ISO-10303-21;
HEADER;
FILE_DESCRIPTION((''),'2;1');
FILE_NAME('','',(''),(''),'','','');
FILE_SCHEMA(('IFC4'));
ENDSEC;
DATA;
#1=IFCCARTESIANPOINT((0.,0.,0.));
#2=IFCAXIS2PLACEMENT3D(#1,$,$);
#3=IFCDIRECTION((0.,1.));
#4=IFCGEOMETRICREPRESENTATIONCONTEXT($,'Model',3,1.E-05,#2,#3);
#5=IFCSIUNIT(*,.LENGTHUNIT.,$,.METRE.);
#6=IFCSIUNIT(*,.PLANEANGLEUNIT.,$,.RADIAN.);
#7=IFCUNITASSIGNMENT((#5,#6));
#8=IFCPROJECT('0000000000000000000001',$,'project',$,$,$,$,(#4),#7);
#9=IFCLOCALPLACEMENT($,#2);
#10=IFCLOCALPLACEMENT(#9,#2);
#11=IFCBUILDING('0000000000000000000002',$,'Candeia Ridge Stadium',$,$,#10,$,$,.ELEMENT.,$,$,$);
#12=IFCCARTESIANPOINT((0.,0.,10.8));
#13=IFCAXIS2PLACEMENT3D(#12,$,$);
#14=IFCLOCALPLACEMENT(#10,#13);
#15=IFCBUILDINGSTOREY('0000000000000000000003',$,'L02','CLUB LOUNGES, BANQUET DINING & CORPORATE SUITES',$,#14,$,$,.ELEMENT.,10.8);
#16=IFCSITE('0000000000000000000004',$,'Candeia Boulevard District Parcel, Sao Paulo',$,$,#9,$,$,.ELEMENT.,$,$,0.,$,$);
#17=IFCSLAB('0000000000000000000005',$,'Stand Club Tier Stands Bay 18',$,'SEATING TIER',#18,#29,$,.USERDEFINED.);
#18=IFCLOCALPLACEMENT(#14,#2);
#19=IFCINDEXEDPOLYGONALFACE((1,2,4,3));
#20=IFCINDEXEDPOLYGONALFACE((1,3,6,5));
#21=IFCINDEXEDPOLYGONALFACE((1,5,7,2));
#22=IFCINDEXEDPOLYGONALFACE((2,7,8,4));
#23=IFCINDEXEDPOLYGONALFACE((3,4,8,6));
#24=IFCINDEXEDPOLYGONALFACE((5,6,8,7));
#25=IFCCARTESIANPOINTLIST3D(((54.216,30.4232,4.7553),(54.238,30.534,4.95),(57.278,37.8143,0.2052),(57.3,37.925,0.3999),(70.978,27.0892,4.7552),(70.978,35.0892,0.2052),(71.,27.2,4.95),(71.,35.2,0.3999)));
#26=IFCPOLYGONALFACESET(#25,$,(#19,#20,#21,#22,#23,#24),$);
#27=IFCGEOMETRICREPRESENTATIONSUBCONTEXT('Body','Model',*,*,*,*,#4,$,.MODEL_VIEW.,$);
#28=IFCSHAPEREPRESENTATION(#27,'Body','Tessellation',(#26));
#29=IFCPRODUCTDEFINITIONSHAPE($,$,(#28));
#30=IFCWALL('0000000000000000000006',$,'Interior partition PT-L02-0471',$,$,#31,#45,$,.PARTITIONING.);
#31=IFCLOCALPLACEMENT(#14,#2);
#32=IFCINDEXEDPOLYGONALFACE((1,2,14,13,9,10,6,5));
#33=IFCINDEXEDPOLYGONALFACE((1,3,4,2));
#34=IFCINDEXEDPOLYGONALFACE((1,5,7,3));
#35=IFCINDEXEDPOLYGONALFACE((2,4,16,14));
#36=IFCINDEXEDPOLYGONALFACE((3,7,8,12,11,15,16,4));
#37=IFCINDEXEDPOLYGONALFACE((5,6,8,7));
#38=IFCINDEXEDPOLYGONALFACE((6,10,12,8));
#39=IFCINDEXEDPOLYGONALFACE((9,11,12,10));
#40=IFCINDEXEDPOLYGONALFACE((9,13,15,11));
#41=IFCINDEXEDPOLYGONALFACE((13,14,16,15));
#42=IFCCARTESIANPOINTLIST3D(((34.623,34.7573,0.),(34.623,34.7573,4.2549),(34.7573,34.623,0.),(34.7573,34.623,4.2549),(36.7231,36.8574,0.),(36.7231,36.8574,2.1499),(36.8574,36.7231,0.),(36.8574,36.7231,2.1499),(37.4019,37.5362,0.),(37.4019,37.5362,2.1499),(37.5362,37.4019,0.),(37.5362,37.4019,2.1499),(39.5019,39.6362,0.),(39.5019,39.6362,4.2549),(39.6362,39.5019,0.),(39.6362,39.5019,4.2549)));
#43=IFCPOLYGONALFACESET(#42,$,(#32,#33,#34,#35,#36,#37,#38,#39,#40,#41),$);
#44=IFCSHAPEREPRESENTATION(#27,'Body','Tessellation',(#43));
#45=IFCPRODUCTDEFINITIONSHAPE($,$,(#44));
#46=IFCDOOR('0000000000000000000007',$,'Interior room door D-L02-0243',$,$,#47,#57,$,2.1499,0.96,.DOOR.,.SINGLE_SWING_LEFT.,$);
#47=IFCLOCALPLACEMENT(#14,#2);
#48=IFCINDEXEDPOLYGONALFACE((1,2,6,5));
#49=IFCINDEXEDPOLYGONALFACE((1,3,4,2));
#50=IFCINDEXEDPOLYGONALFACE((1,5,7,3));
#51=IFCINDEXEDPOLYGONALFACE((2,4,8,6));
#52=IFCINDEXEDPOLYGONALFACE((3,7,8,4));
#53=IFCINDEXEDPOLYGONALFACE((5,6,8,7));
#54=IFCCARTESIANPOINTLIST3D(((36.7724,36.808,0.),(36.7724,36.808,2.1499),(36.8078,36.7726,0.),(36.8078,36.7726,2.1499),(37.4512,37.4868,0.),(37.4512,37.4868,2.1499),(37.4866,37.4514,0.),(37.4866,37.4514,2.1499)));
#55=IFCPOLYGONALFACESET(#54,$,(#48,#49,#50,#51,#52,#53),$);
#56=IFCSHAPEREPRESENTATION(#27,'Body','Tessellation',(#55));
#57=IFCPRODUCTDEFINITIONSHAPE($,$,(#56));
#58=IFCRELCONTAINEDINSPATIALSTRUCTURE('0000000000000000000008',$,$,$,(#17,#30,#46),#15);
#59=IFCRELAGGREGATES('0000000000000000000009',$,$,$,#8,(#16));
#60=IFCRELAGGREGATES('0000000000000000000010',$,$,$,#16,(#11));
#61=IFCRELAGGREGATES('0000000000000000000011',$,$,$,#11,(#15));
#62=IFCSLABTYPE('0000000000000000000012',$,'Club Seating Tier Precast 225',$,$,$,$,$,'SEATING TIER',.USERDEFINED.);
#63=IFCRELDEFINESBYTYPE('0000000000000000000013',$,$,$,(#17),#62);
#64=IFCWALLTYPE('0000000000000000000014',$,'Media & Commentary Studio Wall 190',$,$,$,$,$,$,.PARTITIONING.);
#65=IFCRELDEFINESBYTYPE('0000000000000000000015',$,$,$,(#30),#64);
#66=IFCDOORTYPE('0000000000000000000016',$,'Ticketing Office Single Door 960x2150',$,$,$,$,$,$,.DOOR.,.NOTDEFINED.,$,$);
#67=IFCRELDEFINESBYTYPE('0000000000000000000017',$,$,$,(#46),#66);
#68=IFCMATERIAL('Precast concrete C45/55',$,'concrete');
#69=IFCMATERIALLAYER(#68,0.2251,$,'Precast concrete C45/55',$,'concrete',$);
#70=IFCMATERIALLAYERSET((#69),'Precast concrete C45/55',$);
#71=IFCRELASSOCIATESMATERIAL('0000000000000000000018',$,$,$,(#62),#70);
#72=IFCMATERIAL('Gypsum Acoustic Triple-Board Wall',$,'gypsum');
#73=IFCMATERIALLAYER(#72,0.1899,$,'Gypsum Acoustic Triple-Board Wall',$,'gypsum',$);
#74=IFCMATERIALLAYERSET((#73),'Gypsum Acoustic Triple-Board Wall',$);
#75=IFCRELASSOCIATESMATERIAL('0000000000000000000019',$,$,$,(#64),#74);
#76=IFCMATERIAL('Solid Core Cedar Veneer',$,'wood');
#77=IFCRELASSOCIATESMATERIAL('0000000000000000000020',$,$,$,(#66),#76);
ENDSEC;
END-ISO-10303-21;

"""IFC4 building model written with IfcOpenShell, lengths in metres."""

from ifc_helpers import new_model, si_unit, direction, frame, frame_2d, origin, place, context, subcontext, project, spatial, polyline, rectangle, outline, extrude, material, layer, layer_set, type_object, element, fill, save


model = new_model("IFC4")

# Units and contexts
model_context = context("Model", 3, precision=1e-05, world=origin(), true_north=direction((0.0, 1.0)))
body_context = subcontext(model_context, "Body", "Model", "MODEL_VIEW")
ifc_project = project(units=[si_unit("LENGTHUNIT", "METRE"), si_unit("PLANEANGLEUNIT", "RADIAN")], contexts=[model_context])

# Site, building, storey
site_placement = place(None, origin())
site = spatial("IfcSite", under=ifc_project, at=site_placement, Name="Candeia Boulevard District Parcel, Sao Paulo", CompositionType="ELEMENT", RefElevation=0.0)
building_placement = place(site_placement, origin())
building = spatial("IfcBuilding", under=site, at=building_placement, Name="Candeia Ridge Stadium", CompositionType="ELEMENT")
storey_placement = place(building_placement, frame((0.0, 0.0, 10.8)))
storey = spatial("IfcBuildingStorey", under=building, at=storey_placement, Name="L02", Description="CLUB LOUNGES, BANQUET DINING & CORPORATE SUITES", CompositionType="ELEMENT", Elevation=10.8)

# Slab
ifc_material_1 = material(Name="Precast concrete C45/55", Category="concrete")
ifc_layer_1 = layer(ifc_material_1, 0.2251, Name="Precast concrete C45/55", Category="concrete")
ifc_layer_set_1 = layer_set([ifc_layer_1], Name="Precast concrete C45/55")
slab_type = type_object("IfcSlabType", Name="Club Seating Tier Precast 225", ElementType="SEATING TIER", PredefinedType="USERDEFINED", material=ifc_layer_set_1)
slab_1_placement = place(storey_placement, frame((57.3, 37.925, 0.3999), z_axis=(0.097864, 0.49201, 0.865072), x_axis=(0.980785, -0.195089, 0.000003)))
element("IfcSlab", 1, at=slab_1_placement, inside=storey, type_object=slab_type, Name="Stand Club Tier Stands Bay 18", ObjectType="SEATING TIER", PredefinedType="USERDEFINED", context=body_context, shape_type="SweptSolid", body=[
    extrude(outline(polyline([(0.0, 0.0), (13.9684, 0.0), (15.5291, -9.0701), (-1.5612, -9.0703), (0.0, 0.0)])), origin(), (0.0, 0.0, -1.0), 0.2251),
])

# Wall, opening, door
ifc_material_2 = material(Name="Gypsum Acoustic Triple-Board Wall", Category="gypsum")
ifc_layer_2 = layer(ifc_material_2, 0.1899, Name="Gypsum Acoustic Triple-Board Wall", Category="gypsum")
ifc_layer_set_2 = layer_set([ifc_layer_2], Name="Gypsum Acoustic Triple-Board Wall")
wall_type = type_object("IfcWallType", Name="Media & Commentary Studio Wall 190", PredefinedType="PARTITIONING", material=ifc_layer_set_2)
wall_placement = place(storey_placement, frame((39.5691, 39.5691, 0.0), z_axis=(0.0, 0.0, 1.0), x_axis=(-0.707107, -0.707107, 0.0)))
wall = element("IfcWall", 2, at=wall_placement, inside=storey, type_object=wall_type, Name="Interior partition PT-L02-0471", PredefinedType="PARTITIONING", context=body_context, shape_type="SweptSolid", body=[
    extrude(rectangle(XDim=6.8999, YDim=0.1899, at=frame_2d((3.45, 0.0))), origin(), (0.0, 0.0, 1.0), 4.2549),
])
opening_placement = place(wall_placement, frame((2.97, 0.0, 0.0)))
opening = element("IfcOpeningElement", 3, at=opening_placement, cuts=wall, PredefinedType="OPENING", context=body_context, shape_type="SweptSolid", body=[
    extrude(rectangle(XDim=0.96, YDim=2.1499, at=frame_2d((0.48, 1.075))), frame((0.0, 0.105, 0.0), z_axis=(0.0, -1.0, 0.0), x_axis=(1.0, 0.0, 0.0)), (0.0, 0.0, 1.0), 0.21),
])
ifc_material_3 = material(Name="Solid Core Cedar Veneer", Category="wood")
door_type = type_object("IfcDoorType", Name="Ticketing Office Single Door 960x2150", OperationType="NOTDEFINED", PredefinedType="DOOR", material=ifc_material_3)
door_placement = place(opening_placement, origin())
door = element("IfcDoor", 4, at=door_placement, inside=storey, type_object=door_type, Name="Interior room door D-L02-0243", OperationType="SINGLE_SWING_LEFT", OverallHeight=2.1499, OverallWidth=0.96, PredefinedType="DOOR", context=body_context, shape_type="SweptSolid", body=[
    extrude(rectangle(XDim=0.96, YDim=2.1499, at=frame_2d((0.48, 1.075))), frame((0.0, 0.0249, 0.0), z_axis=(0.0, -1.0, 0.0), x_axis=(1.0, 0.0, 0.0)), (0.0, 0.0, 1.0), 0.05),
])
fill(opening, door)

save(model, "model.ifc")
